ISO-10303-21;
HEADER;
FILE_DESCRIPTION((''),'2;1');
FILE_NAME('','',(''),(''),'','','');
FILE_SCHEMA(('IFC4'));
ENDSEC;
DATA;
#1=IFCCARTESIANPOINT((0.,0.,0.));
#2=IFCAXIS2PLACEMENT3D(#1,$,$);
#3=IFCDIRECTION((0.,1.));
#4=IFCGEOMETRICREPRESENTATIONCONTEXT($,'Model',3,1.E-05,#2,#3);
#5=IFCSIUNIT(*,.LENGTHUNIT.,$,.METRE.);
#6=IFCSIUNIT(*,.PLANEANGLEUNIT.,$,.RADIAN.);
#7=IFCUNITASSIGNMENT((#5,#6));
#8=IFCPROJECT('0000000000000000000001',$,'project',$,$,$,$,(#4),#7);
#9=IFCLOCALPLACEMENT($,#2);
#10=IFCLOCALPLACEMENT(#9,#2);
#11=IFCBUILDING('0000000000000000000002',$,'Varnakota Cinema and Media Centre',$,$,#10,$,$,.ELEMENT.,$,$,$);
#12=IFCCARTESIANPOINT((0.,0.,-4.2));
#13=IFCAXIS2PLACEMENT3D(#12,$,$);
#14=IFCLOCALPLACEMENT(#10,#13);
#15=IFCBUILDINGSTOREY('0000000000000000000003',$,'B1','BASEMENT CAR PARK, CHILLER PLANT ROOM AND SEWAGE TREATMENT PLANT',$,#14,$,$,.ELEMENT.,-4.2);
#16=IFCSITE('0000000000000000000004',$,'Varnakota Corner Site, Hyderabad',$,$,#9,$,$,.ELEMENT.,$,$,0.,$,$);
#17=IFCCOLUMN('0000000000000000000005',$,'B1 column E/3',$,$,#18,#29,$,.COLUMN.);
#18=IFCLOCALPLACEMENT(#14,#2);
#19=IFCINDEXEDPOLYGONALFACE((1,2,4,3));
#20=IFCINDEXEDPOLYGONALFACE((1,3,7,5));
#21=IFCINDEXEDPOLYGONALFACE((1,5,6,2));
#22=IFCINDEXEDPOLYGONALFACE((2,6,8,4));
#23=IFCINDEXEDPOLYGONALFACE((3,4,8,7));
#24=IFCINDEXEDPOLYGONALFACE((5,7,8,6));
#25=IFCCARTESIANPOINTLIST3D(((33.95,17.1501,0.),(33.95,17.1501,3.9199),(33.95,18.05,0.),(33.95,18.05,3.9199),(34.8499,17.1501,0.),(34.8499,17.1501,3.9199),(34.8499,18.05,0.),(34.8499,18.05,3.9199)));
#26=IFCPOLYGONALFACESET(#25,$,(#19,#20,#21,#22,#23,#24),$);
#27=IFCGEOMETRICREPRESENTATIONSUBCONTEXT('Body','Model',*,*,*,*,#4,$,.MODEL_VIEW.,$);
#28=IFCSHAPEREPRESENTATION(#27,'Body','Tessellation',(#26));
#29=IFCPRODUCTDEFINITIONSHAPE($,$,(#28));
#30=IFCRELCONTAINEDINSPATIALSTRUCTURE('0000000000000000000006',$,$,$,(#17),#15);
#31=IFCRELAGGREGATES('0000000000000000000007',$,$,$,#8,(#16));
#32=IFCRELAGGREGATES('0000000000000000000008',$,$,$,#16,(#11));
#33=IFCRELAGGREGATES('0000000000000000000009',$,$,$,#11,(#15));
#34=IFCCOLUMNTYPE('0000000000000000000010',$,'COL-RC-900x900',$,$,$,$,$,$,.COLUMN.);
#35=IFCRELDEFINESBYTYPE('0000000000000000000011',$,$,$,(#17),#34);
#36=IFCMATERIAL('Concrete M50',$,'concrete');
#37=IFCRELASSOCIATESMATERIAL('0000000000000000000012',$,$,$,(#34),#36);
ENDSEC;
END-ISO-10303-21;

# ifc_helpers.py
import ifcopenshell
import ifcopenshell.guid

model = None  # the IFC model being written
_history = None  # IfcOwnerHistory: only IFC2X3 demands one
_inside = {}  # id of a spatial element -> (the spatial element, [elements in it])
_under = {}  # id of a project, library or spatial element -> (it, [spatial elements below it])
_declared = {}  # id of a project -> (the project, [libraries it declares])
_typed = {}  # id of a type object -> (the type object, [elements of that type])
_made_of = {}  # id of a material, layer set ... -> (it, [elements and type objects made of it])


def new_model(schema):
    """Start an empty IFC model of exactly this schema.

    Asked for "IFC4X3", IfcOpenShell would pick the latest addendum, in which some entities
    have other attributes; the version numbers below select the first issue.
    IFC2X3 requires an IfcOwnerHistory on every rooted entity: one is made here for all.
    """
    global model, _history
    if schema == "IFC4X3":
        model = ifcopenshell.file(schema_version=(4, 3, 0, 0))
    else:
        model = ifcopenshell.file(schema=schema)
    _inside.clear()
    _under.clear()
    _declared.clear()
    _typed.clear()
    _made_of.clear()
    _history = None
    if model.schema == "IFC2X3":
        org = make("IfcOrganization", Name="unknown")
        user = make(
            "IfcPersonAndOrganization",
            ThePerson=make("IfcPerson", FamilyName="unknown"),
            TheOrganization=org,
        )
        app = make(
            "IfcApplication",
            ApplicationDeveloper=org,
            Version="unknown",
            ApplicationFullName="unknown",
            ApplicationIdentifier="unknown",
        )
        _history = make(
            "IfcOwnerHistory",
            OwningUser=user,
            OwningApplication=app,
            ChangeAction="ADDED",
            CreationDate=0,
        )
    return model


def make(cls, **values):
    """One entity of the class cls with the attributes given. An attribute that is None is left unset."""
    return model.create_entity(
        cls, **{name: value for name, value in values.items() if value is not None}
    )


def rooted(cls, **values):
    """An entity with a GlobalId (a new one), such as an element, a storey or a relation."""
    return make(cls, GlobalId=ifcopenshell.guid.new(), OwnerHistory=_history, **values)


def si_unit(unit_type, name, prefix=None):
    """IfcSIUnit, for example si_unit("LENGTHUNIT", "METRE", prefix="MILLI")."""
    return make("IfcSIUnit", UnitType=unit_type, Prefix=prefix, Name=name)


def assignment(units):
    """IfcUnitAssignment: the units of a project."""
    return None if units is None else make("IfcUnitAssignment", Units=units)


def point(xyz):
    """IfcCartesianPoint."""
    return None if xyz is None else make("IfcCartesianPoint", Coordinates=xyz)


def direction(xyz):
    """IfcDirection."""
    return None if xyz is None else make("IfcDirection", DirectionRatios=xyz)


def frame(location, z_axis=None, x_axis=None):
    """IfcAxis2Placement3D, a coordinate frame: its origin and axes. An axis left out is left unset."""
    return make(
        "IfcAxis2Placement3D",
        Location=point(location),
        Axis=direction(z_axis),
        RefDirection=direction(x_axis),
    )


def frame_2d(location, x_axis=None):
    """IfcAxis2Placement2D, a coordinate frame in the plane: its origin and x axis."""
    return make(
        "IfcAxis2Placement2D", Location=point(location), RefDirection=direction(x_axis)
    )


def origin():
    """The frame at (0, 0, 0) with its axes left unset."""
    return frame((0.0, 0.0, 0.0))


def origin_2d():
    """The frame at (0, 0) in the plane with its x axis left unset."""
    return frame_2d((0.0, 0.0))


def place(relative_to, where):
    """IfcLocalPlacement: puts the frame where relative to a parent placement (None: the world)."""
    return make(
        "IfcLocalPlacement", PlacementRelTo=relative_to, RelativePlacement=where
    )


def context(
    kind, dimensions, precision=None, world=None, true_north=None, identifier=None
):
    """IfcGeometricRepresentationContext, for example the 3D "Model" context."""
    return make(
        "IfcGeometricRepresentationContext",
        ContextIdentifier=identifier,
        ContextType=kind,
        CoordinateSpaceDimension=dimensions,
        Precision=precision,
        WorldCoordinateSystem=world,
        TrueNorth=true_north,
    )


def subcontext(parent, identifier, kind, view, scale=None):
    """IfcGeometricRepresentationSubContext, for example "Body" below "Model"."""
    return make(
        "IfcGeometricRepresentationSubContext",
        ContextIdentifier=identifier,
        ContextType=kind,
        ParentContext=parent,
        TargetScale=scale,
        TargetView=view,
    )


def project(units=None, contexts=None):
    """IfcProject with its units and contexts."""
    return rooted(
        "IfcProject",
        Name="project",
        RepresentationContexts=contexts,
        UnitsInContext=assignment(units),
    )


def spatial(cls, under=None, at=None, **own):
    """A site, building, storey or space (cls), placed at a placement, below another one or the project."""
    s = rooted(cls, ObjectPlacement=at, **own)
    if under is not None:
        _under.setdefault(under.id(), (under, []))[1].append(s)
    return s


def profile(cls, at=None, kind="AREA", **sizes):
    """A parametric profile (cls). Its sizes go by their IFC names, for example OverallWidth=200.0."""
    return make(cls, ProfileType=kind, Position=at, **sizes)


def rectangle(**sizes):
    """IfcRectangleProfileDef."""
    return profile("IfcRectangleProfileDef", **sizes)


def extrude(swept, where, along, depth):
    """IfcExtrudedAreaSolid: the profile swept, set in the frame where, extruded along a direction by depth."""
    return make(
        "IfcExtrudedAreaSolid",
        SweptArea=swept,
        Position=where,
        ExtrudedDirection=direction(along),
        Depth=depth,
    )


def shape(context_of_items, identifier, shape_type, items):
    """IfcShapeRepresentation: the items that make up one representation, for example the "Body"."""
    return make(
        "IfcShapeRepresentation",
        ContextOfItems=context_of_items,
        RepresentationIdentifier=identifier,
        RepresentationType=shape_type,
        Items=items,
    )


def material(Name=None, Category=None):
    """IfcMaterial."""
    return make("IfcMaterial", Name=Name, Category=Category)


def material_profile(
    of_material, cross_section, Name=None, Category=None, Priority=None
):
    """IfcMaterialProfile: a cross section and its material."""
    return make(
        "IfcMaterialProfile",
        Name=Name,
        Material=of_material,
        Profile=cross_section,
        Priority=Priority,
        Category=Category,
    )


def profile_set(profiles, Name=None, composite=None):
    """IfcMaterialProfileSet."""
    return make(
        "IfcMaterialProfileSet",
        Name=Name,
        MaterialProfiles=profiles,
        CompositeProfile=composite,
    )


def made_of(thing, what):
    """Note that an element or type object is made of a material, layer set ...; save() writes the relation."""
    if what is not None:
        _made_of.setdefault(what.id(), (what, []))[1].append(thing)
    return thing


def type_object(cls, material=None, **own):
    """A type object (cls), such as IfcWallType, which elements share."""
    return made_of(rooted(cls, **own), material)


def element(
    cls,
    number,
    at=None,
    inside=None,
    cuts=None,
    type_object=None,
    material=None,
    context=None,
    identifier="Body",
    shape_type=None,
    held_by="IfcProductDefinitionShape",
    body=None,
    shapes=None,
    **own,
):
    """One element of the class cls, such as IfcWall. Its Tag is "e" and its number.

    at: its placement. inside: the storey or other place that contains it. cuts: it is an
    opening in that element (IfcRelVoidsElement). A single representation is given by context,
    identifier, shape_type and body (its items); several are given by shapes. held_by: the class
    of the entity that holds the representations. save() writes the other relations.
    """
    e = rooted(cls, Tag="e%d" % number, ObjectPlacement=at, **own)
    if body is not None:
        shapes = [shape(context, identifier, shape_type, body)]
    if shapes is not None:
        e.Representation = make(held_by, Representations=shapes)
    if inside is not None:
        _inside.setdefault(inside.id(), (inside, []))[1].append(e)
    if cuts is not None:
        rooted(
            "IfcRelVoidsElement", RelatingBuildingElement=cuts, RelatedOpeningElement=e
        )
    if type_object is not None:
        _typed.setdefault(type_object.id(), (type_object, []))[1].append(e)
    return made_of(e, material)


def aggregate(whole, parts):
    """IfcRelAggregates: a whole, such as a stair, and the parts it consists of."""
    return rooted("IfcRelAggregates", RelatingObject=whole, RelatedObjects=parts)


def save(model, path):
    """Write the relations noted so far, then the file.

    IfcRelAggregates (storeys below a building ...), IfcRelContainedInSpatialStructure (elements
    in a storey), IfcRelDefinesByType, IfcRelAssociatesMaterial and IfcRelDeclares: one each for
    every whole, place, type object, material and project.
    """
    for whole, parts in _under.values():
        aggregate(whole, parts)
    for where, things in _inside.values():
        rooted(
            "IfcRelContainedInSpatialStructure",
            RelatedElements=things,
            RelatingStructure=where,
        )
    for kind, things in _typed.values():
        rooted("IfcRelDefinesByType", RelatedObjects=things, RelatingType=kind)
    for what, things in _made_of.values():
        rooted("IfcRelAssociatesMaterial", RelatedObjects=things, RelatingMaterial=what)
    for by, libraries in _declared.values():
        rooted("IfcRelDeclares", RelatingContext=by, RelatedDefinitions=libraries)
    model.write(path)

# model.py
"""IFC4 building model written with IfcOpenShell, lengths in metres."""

from ifc_helpers import new_model, si_unit, direction, frame, origin, origin_2d, place, context, subcontext, project, spatial, rectangle, extrude, material, material_profile, profile_set, type_object, element, save


model = new_model("IFC4")

# Units and contexts
model_context = context("Model", 3, precision=1e-05, world=origin(), true_north=direction((0.0, 1.0)))
body_context = subcontext(model_context, "Body", "Model", "MODEL_VIEW")
ifc_project = project(units=[si_unit("LENGTHUNIT", "METRE"), si_unit("PLANEANGLEUNIT", "RADIAN")], contexts=[model_context])

# Site, building, storey
site_placement = place(None, origin())
site = spatial("IfcSite", under=ifc_project, at=site_placement, Name="Varnakota Corner Site, Hyderabad", CompositionType="ELEMENT", RefElevation=0.0)
building_placement = place(site_placement, origin())
building = spatial("IfcBuilding", under=site, at=building_placement, Name="Varnakota Cinema and Media Centre", CompositionType="ELEMENT")
storey_placement = place(building_placement, frame((0.0, 0.0, -4.2)))
storey = spatial("IfcBuildingStorey", under=building, at=storey_placement, Name="B1", Description="BASEMENT CAR PARK, CHILLER PLANT ROOM AND SEWAGE TREATMENT PLANT", CompositionType="ELEMENT", Elevation=-4.2)

# Column
ifc_material_1 = material(Name="Concrete M50", Category="concrete")
ifc_material_profile_1 = material_profile(ifc_material_1, rectangle(XDim=0.8999, YDim=0.8999, at=origin_2d()), Name="RC 900x900")
ifc_profile_set_1 = profile_set([ifc_material_profile_1], Name="Concrete M50")
column_type = type_object("IfcColumnType", Name="COL-RC-900x900", PredefinedType="COLUMN", material=ifc_profile_set_1)
for number, where, z_axis, x_axis, name in (
    (1, (34.3999, 17.6001, 0.0), (0.0, 0.0, 1.0), (1.0, 0.0, 0.0), "B1 column E/3"),
):
    element("IfcColumn", number, at=place(storey_placement, frame(where, z_axis=z_axis, x_axis=x_axis)), inside=storey, type_object=column_type, Name=name, PredefinedType="COLUMN", context=body_context, shape_type="SweptSolid", body=[
        extrude(rectangle(XDim=0.8999, YDim=0.8999, at=origin_2d()), origin(), (0.0, 0.0, 1.0), 3.9199),
    ])

save(model, "model.ifc")
